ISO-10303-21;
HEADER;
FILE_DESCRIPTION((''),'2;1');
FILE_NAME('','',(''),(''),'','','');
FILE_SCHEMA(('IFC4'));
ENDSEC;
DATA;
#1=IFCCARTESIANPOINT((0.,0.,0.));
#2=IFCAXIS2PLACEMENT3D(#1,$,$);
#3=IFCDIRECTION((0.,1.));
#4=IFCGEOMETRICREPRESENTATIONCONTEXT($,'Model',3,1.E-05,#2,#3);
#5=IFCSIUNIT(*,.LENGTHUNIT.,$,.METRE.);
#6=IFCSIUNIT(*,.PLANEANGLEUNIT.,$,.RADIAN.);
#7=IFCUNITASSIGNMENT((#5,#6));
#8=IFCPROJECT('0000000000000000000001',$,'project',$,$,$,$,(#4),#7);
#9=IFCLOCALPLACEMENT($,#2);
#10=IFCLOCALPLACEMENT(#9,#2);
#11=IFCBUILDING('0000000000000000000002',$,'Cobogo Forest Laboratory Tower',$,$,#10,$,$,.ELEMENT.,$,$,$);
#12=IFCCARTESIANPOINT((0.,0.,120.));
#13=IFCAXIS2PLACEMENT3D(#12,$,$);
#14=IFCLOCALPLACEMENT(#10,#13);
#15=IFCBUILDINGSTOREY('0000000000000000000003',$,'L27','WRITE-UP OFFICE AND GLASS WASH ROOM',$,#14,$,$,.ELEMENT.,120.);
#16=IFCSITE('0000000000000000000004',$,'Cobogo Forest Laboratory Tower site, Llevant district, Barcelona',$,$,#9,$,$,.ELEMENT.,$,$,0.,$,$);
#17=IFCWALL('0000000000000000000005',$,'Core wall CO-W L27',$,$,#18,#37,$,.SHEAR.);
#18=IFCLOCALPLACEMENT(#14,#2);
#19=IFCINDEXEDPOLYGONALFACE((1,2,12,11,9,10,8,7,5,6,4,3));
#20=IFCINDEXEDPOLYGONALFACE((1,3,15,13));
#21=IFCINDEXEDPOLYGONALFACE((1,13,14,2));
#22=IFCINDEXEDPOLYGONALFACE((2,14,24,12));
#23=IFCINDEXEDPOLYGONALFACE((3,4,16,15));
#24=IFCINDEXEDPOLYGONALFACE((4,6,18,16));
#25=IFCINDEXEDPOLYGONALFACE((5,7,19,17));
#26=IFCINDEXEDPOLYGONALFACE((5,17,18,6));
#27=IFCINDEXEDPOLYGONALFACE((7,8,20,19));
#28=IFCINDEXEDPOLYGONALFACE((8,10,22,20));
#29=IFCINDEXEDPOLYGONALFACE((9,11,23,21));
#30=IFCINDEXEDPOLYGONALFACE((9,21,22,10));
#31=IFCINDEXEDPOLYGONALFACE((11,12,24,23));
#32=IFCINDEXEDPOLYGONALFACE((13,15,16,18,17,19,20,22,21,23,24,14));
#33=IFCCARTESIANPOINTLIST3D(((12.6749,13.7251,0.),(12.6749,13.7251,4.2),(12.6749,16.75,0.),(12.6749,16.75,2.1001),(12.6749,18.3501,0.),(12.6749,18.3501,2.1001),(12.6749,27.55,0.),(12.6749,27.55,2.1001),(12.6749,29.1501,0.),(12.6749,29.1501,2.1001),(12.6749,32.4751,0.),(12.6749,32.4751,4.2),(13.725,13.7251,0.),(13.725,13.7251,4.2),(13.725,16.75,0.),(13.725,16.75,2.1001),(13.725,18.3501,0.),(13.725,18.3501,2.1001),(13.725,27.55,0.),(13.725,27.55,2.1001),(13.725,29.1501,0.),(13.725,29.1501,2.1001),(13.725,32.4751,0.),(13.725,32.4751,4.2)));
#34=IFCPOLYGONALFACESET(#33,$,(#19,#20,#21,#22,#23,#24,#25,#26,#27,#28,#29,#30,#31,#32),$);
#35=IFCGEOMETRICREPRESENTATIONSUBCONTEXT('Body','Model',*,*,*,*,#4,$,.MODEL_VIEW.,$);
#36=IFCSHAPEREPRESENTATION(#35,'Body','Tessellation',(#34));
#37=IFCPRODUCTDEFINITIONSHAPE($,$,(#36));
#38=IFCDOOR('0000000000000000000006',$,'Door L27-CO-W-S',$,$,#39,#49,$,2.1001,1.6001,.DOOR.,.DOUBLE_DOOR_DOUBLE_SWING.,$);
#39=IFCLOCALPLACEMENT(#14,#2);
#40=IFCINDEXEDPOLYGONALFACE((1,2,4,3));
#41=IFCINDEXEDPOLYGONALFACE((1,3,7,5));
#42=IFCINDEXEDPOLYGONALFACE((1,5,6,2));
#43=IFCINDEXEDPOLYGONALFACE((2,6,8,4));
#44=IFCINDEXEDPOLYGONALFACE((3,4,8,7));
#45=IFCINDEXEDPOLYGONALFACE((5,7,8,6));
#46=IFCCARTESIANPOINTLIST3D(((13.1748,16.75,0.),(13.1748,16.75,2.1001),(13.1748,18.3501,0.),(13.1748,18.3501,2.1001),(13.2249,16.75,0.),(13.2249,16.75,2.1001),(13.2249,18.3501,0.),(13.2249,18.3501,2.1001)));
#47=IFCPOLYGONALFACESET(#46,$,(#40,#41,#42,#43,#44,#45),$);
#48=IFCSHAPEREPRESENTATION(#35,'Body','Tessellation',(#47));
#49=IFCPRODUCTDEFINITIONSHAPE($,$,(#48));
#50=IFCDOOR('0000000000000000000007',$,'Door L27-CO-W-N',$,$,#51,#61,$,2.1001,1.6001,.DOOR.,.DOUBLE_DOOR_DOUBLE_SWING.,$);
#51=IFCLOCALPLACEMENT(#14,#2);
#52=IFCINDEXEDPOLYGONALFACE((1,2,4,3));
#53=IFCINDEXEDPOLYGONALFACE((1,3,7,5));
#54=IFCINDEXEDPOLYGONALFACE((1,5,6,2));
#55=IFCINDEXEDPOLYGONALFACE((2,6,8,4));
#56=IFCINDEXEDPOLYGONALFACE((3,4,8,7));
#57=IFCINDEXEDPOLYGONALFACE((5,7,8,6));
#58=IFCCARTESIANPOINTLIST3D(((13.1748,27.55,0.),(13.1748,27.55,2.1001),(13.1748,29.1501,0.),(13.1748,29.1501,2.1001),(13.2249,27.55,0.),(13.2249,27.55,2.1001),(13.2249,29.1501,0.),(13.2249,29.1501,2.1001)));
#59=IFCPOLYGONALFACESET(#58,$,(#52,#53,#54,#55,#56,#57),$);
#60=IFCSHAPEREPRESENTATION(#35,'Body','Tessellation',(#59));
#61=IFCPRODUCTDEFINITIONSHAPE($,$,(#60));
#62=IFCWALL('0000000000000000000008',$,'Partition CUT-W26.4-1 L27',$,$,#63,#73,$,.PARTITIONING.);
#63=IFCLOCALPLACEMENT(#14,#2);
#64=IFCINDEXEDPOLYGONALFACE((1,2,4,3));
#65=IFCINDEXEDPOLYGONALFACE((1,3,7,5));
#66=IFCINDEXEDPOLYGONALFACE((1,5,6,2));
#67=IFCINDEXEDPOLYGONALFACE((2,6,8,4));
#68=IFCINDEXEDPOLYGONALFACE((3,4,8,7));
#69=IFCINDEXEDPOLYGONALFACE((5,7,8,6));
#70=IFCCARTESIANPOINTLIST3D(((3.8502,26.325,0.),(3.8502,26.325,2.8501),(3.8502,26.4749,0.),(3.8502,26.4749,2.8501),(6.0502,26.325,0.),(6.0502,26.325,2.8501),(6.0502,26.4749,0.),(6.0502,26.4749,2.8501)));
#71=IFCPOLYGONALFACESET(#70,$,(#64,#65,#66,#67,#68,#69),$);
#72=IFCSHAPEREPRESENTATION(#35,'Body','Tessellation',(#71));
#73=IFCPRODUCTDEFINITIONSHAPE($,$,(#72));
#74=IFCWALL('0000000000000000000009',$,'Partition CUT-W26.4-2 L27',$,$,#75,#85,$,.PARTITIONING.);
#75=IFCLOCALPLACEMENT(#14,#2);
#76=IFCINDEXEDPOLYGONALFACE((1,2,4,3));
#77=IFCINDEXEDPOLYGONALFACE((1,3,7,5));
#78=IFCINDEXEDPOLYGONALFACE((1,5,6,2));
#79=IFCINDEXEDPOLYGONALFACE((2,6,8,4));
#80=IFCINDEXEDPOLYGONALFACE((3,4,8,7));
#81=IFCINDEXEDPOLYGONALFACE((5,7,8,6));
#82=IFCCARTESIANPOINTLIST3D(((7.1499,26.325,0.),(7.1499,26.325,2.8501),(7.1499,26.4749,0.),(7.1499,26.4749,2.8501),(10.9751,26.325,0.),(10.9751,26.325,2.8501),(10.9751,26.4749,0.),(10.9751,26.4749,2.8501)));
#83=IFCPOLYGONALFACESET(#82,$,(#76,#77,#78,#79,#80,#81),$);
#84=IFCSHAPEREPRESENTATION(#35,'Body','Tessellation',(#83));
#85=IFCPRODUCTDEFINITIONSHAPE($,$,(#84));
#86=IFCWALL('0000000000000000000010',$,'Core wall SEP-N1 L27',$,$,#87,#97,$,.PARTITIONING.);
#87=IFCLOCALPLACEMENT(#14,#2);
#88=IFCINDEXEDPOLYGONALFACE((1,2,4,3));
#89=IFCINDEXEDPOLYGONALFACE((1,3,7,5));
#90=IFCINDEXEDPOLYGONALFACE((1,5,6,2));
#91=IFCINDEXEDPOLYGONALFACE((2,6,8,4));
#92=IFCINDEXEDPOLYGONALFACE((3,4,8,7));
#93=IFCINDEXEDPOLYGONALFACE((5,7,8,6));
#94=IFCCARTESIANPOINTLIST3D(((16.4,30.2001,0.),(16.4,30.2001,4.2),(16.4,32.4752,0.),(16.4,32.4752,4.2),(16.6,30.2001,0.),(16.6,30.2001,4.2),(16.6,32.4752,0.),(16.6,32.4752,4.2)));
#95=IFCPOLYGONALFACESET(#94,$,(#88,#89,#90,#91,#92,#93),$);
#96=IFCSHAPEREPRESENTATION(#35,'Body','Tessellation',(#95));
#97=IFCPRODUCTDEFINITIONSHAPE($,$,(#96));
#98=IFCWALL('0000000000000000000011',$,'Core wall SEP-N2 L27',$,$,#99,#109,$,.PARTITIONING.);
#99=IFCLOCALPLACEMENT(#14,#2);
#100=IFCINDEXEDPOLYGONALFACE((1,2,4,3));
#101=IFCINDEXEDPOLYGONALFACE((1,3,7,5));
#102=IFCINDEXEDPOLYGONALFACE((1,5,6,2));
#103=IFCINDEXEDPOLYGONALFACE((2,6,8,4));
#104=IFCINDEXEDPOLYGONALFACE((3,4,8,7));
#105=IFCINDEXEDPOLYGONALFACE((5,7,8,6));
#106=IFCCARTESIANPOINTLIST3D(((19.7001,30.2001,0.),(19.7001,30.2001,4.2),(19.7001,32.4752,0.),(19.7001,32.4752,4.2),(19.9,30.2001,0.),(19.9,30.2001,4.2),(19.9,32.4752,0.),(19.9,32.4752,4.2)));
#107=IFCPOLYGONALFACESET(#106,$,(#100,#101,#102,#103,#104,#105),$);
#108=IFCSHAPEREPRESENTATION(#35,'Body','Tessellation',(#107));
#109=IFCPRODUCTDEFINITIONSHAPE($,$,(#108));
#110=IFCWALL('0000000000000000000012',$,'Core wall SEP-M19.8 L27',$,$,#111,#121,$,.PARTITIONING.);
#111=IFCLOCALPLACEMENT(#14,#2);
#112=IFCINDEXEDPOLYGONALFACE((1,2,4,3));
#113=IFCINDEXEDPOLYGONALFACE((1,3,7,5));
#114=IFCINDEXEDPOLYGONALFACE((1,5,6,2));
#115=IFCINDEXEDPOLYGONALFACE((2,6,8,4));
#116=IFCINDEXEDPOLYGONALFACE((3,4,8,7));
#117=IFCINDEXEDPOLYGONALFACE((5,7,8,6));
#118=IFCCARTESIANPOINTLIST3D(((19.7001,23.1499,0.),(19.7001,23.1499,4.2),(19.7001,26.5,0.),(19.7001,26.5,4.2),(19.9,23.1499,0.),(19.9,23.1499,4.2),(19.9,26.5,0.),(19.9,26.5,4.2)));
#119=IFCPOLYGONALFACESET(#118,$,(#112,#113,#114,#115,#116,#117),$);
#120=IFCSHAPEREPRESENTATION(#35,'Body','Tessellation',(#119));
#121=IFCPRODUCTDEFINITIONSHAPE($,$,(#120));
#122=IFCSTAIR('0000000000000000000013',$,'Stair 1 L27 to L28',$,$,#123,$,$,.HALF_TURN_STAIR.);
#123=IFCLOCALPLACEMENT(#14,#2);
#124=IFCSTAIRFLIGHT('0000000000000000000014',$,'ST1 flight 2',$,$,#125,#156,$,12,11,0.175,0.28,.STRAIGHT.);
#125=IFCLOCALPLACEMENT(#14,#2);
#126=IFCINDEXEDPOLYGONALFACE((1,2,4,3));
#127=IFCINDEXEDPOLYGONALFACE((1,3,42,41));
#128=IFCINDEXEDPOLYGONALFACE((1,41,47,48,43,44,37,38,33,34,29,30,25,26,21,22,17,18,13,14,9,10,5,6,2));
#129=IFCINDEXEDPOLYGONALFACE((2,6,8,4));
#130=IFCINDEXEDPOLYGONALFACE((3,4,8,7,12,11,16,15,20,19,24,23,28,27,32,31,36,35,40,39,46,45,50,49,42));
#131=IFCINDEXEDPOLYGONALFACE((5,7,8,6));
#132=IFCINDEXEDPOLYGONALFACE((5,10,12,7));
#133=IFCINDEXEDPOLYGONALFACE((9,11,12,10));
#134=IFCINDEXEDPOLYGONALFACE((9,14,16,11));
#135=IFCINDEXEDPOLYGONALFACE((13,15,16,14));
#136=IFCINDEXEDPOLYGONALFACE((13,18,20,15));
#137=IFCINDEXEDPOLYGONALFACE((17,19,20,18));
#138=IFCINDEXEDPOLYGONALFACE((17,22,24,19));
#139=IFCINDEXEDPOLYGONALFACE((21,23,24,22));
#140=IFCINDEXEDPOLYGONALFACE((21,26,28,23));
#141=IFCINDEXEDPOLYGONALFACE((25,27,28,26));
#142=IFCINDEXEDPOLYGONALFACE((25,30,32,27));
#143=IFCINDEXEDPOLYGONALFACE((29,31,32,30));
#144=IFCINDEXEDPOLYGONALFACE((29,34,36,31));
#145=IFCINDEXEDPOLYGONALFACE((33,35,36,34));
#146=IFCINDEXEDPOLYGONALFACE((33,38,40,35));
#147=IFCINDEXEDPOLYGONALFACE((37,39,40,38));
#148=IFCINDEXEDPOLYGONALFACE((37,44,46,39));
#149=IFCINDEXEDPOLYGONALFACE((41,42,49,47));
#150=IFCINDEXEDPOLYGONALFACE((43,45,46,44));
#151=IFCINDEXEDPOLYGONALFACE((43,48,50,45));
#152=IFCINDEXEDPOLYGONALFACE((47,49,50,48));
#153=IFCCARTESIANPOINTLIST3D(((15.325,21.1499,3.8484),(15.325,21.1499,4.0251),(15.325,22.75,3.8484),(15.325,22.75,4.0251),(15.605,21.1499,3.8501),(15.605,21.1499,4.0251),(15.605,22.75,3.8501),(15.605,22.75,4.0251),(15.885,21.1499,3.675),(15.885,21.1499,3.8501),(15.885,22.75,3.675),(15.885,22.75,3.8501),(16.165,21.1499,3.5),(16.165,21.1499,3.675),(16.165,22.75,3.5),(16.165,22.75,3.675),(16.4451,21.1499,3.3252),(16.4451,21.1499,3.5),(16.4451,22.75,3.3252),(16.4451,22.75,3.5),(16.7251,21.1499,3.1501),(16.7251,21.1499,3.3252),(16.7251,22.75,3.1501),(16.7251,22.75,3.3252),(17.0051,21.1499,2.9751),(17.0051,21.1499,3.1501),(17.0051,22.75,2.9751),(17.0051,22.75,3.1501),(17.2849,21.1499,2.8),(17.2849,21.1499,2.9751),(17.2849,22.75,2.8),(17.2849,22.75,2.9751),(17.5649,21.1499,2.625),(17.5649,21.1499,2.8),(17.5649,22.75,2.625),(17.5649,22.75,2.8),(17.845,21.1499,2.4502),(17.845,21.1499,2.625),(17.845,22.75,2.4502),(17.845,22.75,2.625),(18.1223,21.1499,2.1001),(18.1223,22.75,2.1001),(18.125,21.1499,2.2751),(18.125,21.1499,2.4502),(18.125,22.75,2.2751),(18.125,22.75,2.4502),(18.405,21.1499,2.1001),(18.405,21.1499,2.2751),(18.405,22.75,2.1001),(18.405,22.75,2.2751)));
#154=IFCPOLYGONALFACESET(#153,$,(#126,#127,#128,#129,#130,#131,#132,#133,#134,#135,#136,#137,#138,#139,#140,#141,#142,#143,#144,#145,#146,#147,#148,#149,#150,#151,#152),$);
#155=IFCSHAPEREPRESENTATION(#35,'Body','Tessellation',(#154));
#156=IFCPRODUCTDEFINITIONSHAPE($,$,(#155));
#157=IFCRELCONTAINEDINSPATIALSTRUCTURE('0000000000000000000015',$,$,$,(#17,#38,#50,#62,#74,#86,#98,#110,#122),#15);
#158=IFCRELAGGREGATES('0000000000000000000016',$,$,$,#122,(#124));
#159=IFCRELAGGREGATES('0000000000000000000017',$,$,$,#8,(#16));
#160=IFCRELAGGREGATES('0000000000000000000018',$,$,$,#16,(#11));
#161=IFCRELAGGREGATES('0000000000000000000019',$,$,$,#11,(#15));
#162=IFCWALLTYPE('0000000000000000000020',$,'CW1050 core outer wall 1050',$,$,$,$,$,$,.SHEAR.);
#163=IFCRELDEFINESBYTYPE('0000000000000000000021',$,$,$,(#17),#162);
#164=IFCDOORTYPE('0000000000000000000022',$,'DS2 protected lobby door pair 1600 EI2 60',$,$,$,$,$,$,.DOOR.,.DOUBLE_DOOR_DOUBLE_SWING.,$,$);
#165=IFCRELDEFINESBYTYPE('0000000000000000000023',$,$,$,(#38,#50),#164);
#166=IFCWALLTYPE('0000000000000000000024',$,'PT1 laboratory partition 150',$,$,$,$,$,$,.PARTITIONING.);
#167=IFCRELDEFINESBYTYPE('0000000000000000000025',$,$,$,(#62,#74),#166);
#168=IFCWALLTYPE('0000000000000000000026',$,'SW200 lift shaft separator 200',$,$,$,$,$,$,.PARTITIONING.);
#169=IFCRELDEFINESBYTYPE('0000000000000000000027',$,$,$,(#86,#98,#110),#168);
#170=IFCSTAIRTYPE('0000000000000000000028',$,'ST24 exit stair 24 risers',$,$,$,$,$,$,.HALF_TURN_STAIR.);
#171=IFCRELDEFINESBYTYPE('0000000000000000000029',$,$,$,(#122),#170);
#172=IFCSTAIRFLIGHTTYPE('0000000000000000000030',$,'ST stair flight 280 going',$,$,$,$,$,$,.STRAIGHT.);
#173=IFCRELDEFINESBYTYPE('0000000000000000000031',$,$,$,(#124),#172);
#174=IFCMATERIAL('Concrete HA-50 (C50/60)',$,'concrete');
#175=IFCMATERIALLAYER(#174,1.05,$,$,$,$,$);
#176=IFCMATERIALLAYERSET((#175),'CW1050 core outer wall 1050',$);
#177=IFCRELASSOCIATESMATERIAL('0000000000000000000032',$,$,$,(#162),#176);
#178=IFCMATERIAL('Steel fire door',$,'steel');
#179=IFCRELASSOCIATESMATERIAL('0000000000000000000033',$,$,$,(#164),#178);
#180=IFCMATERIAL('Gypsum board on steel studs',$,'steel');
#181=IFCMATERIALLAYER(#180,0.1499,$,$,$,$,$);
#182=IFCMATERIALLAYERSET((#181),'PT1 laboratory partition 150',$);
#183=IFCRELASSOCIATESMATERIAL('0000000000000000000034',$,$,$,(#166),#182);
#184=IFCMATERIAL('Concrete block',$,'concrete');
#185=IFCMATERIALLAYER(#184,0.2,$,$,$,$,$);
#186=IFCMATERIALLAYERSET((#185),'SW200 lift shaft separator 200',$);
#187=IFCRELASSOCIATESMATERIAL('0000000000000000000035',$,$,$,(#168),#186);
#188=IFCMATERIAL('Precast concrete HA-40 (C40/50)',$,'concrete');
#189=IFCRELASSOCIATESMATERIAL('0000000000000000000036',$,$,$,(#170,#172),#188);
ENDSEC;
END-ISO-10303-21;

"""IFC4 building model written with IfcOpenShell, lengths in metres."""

from ifc_helpers import new_model, si_unit, direction, frame, frame_2d, origin, place, context, subcontext, project, spatial, polyline, rectangle, outline, extrude, material, layer, layer_set, type_object, element, fill, aggregate, save


model = new_model("IFC4")

# Units and contexts
model_context = context("Model", 3, precision=1e-05, world=origin(), true_north=direction((0.0, 1.0)))
body_context = subcontext(model_context, "Body", "Model", "MODEL_VIEW")
ifc_project = project(units=[si_unit("LENGTHUNIT", "METRE"), si_unit("PLANEANGLEUNIT", "RADIAN")], contexts=[model_context])

# Site, building, storey
site_placement = place(None, origin())
site = spatial("IfcSite", under=ifc_project, at=site_placement, Name="Cobogo Forest Laboratory Tower site, Llevant district, Barcelona", CompositionType="ELEMENT", RefElevation=0.0)
building_placement = place(site_placement, origin())
building = spatial("IfcBuilding", under=site, at=building_placement, Name="Cobogo Forest Laboratory Tower", CompositionType="ELEMENT")
storey_placement = place(building_placement, frame((0.0, 0.0, 120.0)))
storey = spatial("IfcBuildingStorey", under=building, at=storey_placement, Name="L27", Description="WRITE-UP OFFICE AND GLASS WASH ROOM", CompositionType="ELEMENT", Elevation=120.0)

# Shared definitions
ifc_material_1 = material(Name="Concrete HA-50 (C50/60)", Category="concrete")

# Shared definitions
ifc_material_2 = material(Name="Steel fire door", Category="steel")

# Wall, openings, doors
ifc_layer_1 = layer(ifc_material_1, 1.05)
ifc_layer_set_1 = layer_set([ifc_layer_1], Name="CW1050 core outer wall 1050")
wall_type_1 = type_object("IfcWallType", Name="CW1050 core outer wall 1050", PredefinedType="SHEAR", material=ifc_layer_set_1)
wall_1_placement = place(storey_placement, frame((13.2, 32.4751, 0.0), z_axis=(0.0, 0.0, 1.0), x_axis=(0.0, -1.0, 0.0)))
wall_1 = element("IfcWall", 1, at=wall_1_placement, inside=storey, type_object=wall_type_1, Name="Core wall CO-W L27", PredefinedType="SHEAR", context=body_context, shape_type="SweptSolid", body=[
    extrude(rectangle(XDim=18.75, YDim=1.05, at=frame_2d((9.375, 0.0))), origin(), (0.0, 0.0, 1.0), 4.2),
])
opening_1_placement = place(wall_1_placement, frame((14.125, 0.0, 0.0)))
opening_1 = element("IfcOpeningElement", 2, at=opening_1_placement, cuts=wall_1, PredefinedType="OPENING", context=body_context, shape_type="SweptSolid", body=[
    extrude(rectangle(XDim=1.6001, YDim=2.1001, at=frame_2d((0.8, 1.05))), frame((0.0, 0.5349, 0.0), z_axis=(0.0, -1.0, 0.0), x_axis=(1.0, 0.0, 0.0)), (0.0, 0.0, 1.0), 1.0701),
])
opening_2_placement = place(wall_1_placement, frame((3.325, 0.0, 0.0)))
opening_2 = element("IfcOpeningElement", 3, at=opening_2_placement, cuts=wall_1, PredefinedType="OPENING", context=body_context, shape_type="SweptSolid", body=[
    extrude(rectangle(XDim=1.6001, YDim=2.1001, at=frame_2d((0.8, 1.05))), frame((0.0, 0.5349, 0.0), z_axis=(0.0, -1.0, 0.0), x_axis=(1.0, 0.0, 0.0)), (0.0, 0.0, 1.0), 1.0701),
])
door_type_1 = type_object("IfcDoorType", Name="DS2 protected lobby door pair 1600 EI2 60", OperationType="DOUBLE_DOOR_DOUBLE_SWING", PredefinedType="DOOR", material=ifc_material_2)
door_1_placement = place(opening_1_placement, origin())
door_1 = element("IfcDoor", 4, at=door_1_placement, inside=storey, type_object=door_type_1, Name="Door L27-CO-W-S", OperationType="DOUBLE_DOOR_DOUBLE_SWING", OverallHeight=2.1001, OverallWidth=1.6001, PredefinedType="DOOR", context=body_context, shape_type="SweptSolid", body=[
    extrude(rectangle(XDim=1.6001, YDim=2.1001, at=frame_2d((0.8, 1.05))), frame((0.0, 0.0249, 0.0), z_axis=(0.0, -1.0, 0.0), x_axis=(1.0, 0.0, 0.0)), (0.0, 0.0, 1.0), 0.05),
])
fill(opening_1, door_1)
door_2_placement = place(opening_2_placement, origin())
door_2 = element("IfcDoor", 5, at=door_2_placement, inside=storey, type_object=door_type_1, Name="Door L27-CO-W-N", OperationType="DOUBLE_DOOR_DOUBLE_SWING", OverallHeight=2.1001, OverallWidth=1.6001, PredefinedType="DOOR", context=body_context, shape_type="SweptSolid", body=[
    extrude(rectangle(XDim=1.6001, YDim=2.1001, at=frame_2d((0.8, 1.05))), frame((0.0, 0.0249, 0.0), z_axis=(0.0, -1.0, 0.0), x_axis=(1.0, 0.0, 0.0)), (0.0, 0.0, 1.0), 0.05),
])
fill(opening_2, door_2)

# Walls
ifc_material_3 = material(Name="Gypsum board on steel studs", Category="steel")
ifc_layer_2 = layer(ifc_material_3, 0.1499)
ifc_layer_set_2 = layer_set([ifc_layer_2], Name="PT1 laboratory partition 150")
wall_type_2 = type_object("IfcWallType", Name="PT1 laboratory partition 150", PredefinedType="PARTITIONING", material=ifc_layer_set_2)
wall_2_placement = place(storey_placement, frame((3.8501, 26.3999, 0.0), z_axis=(0.0, 0.0, 1.0), x_axis=(1.0, 0.0, 0.0)))
element("IfcWall", 6, at=wall_2_placement, inside=storey, type_object=wall_type_2, Name="Partition CUT-W26.4-1 L27", PredefinedType="PARTITIONING", context=body_context, shape_type="SweptSolid", body=[
    extrude(rectangle(XDim=2.2, YDim=0.1499, at=frame_2d((1.1001, 0.0))), origin(), (0.0, 0.0, 1.0), 2.8501),
])
wall_3_placement = place(storey_placement, frame((7.1499, 26.3999, 0.0), z_axis=(0.0, 0.0, 1.0), x_axis=(1.0, 0.0, 0.0)))
element("IfcWall", 7, at=wall_3_placement, inside=storey, type_object=wall_type_2, Name="Partition CUT-W26.4-2 L27", PredefinedType="PARTITIONING", context=body_context, shape_type="SweptSolid", body=[
    extrude(rectangle(XDim=3.8252, YDim=0.1499, at=frame_2d((1.9126, 0.0))), origin(), (0.0, 0.0, 1.0), 2.8501),
])
ifc_material_4 = material(Name="Concrete block", Category="concrete")
ifc_layer_3 = layer(ifc_material_4, 0.2)
ifc_layer_set_3 = layer_set([ifc_layer_3], Name="SW200 lift shaft separator 200")
wall_type_3 = type_object("IfcWallType", Name="SW200 lift shaft separator 200", PredefinedType="PARTITIONING", material=ifc_layer_set_3)
for number, where, z_axis, x_axis, name in (
    (8, (16.5, 30.2, 0.0), (0.0, 0.0, 1.0), (0.0, 1.0, 0.0), "Core wall SEP-N1 L27"),
    (9, (19.8, 30.2, 0.0), (0.0, 0.0, 1.0), (0.0, 1.0, 0.0), "Core wall SEP-N2 L27"),
):
    element("IfcWall", number, at=place(storey_placement, frame(where, z_axis=z_axis, x_axis=x_axis)), inside=storey, type_object=wall_type_3, Name=name, PredefinedType="PARTITIONING", context=body_context, shape_type="SweptSolid", body=[
        extrude(rectangle(XDim=2.2751, YDim=0.2, at=frame_2d((1.1377, 0.0))), origin(), (0.0, 0.0, 1.0), 4.2),
    ])
wall_4_placement = place(storey_placement, frame((19.8, 23.1499, 0.0), z_axis=(0.0, 0.0, 1.0), x_axis=(0.0, 1.0, 0.0)))
element("IfcWall", 10, at=wall_4_placement, inside=storey, type_object=wall_type_3, Name="Core wall SEP-M19.8 L27", PredefinedType="PARTITIONING", context=body_context, shape_type="SweptSolid", body=[
    extrude(rectangle(XDim=3.3501, YDim=0.2, at=frame_2d((1.675, 0.0))), origin(), (0.0, 0.0, 1.0), 4.2),
])

# Stair, stair flight
ifc_material_5 = material(Name="Precast concrete HA-40 (C40/50)", Category="concrete")
stair_type = type_object("IfcStairType", Name="ST24 exit stair 24 risers", PredefinedType="HALF_TURN_STAIR", material=ifc_material_5)
stair_placement = place(storey_placement, origin())
stair = element("IfcStair", 11, at=stair_placement, inside=storey, type_object=stair_type, Name="Stair 1 L27 to L28", PredefinedType="HALF_TURN_STAIR")
stair_flight_type = type_object("IfcStairFlightType", Name="ST stair flight 280 going", PredefinedType="STRAIGHT", material=ifc_material_5)
stair_flight_placement = place(storey_placement, frame((18.405, 21.95, 2.1001), z_axis=(0.0, 0.0, 1.0), x_axis=(-1.0, 0.0, 0.0)))
stair_flight = element("IfcStairFlight", 12, at=stair_flight_placement, type_object=stair_flight_type, Name="ST1 flight 2", NumberOfRisers=12, NumberOfTreads=11, PredefinedType="STRAIGHT", RiserHeight=0.175, TreadLength=0.28, context=body_context, shape_type="SweptSolid", body=[
    extrude(outline(polyline([(0.0, 0.0), (0.0, 0.175), (0.28, 0.175), (0.28, 0.3501), (0.5601, 0.3501), (0.5601, 0.5249), (0.8401, 0.5249), (0.8401, 0.7), (1.1201, 0.7), (1.1201, 0.875), (1.3999, 0.875), (1.3999, 1.05), (1.6799, 1.05), (1.6799, 1.2251), (1.96, 1.2251), (1.96, 1.3999), (2.24, 1.3999), (2.24, 1.575), (2.52, 1.575), (2.52, 1.75), (2.8, 1.75), (2.8, 1.925), (3.0801, 1.925), (3.0801, 2.1001), (3.0801, 1.7483), (0.2827, 0.0), (0.0, 0.0)])), frame((0.0, 0.8, 0.0), z_axis=(0.0, -1.0, 0.0), x_axis=(1.0, 0.0, 0.0)), (0.0, 0.0, 1.0), 1.6001),
])
aggregate(stair, [stair_flight])

save(model, "model.ifc")
